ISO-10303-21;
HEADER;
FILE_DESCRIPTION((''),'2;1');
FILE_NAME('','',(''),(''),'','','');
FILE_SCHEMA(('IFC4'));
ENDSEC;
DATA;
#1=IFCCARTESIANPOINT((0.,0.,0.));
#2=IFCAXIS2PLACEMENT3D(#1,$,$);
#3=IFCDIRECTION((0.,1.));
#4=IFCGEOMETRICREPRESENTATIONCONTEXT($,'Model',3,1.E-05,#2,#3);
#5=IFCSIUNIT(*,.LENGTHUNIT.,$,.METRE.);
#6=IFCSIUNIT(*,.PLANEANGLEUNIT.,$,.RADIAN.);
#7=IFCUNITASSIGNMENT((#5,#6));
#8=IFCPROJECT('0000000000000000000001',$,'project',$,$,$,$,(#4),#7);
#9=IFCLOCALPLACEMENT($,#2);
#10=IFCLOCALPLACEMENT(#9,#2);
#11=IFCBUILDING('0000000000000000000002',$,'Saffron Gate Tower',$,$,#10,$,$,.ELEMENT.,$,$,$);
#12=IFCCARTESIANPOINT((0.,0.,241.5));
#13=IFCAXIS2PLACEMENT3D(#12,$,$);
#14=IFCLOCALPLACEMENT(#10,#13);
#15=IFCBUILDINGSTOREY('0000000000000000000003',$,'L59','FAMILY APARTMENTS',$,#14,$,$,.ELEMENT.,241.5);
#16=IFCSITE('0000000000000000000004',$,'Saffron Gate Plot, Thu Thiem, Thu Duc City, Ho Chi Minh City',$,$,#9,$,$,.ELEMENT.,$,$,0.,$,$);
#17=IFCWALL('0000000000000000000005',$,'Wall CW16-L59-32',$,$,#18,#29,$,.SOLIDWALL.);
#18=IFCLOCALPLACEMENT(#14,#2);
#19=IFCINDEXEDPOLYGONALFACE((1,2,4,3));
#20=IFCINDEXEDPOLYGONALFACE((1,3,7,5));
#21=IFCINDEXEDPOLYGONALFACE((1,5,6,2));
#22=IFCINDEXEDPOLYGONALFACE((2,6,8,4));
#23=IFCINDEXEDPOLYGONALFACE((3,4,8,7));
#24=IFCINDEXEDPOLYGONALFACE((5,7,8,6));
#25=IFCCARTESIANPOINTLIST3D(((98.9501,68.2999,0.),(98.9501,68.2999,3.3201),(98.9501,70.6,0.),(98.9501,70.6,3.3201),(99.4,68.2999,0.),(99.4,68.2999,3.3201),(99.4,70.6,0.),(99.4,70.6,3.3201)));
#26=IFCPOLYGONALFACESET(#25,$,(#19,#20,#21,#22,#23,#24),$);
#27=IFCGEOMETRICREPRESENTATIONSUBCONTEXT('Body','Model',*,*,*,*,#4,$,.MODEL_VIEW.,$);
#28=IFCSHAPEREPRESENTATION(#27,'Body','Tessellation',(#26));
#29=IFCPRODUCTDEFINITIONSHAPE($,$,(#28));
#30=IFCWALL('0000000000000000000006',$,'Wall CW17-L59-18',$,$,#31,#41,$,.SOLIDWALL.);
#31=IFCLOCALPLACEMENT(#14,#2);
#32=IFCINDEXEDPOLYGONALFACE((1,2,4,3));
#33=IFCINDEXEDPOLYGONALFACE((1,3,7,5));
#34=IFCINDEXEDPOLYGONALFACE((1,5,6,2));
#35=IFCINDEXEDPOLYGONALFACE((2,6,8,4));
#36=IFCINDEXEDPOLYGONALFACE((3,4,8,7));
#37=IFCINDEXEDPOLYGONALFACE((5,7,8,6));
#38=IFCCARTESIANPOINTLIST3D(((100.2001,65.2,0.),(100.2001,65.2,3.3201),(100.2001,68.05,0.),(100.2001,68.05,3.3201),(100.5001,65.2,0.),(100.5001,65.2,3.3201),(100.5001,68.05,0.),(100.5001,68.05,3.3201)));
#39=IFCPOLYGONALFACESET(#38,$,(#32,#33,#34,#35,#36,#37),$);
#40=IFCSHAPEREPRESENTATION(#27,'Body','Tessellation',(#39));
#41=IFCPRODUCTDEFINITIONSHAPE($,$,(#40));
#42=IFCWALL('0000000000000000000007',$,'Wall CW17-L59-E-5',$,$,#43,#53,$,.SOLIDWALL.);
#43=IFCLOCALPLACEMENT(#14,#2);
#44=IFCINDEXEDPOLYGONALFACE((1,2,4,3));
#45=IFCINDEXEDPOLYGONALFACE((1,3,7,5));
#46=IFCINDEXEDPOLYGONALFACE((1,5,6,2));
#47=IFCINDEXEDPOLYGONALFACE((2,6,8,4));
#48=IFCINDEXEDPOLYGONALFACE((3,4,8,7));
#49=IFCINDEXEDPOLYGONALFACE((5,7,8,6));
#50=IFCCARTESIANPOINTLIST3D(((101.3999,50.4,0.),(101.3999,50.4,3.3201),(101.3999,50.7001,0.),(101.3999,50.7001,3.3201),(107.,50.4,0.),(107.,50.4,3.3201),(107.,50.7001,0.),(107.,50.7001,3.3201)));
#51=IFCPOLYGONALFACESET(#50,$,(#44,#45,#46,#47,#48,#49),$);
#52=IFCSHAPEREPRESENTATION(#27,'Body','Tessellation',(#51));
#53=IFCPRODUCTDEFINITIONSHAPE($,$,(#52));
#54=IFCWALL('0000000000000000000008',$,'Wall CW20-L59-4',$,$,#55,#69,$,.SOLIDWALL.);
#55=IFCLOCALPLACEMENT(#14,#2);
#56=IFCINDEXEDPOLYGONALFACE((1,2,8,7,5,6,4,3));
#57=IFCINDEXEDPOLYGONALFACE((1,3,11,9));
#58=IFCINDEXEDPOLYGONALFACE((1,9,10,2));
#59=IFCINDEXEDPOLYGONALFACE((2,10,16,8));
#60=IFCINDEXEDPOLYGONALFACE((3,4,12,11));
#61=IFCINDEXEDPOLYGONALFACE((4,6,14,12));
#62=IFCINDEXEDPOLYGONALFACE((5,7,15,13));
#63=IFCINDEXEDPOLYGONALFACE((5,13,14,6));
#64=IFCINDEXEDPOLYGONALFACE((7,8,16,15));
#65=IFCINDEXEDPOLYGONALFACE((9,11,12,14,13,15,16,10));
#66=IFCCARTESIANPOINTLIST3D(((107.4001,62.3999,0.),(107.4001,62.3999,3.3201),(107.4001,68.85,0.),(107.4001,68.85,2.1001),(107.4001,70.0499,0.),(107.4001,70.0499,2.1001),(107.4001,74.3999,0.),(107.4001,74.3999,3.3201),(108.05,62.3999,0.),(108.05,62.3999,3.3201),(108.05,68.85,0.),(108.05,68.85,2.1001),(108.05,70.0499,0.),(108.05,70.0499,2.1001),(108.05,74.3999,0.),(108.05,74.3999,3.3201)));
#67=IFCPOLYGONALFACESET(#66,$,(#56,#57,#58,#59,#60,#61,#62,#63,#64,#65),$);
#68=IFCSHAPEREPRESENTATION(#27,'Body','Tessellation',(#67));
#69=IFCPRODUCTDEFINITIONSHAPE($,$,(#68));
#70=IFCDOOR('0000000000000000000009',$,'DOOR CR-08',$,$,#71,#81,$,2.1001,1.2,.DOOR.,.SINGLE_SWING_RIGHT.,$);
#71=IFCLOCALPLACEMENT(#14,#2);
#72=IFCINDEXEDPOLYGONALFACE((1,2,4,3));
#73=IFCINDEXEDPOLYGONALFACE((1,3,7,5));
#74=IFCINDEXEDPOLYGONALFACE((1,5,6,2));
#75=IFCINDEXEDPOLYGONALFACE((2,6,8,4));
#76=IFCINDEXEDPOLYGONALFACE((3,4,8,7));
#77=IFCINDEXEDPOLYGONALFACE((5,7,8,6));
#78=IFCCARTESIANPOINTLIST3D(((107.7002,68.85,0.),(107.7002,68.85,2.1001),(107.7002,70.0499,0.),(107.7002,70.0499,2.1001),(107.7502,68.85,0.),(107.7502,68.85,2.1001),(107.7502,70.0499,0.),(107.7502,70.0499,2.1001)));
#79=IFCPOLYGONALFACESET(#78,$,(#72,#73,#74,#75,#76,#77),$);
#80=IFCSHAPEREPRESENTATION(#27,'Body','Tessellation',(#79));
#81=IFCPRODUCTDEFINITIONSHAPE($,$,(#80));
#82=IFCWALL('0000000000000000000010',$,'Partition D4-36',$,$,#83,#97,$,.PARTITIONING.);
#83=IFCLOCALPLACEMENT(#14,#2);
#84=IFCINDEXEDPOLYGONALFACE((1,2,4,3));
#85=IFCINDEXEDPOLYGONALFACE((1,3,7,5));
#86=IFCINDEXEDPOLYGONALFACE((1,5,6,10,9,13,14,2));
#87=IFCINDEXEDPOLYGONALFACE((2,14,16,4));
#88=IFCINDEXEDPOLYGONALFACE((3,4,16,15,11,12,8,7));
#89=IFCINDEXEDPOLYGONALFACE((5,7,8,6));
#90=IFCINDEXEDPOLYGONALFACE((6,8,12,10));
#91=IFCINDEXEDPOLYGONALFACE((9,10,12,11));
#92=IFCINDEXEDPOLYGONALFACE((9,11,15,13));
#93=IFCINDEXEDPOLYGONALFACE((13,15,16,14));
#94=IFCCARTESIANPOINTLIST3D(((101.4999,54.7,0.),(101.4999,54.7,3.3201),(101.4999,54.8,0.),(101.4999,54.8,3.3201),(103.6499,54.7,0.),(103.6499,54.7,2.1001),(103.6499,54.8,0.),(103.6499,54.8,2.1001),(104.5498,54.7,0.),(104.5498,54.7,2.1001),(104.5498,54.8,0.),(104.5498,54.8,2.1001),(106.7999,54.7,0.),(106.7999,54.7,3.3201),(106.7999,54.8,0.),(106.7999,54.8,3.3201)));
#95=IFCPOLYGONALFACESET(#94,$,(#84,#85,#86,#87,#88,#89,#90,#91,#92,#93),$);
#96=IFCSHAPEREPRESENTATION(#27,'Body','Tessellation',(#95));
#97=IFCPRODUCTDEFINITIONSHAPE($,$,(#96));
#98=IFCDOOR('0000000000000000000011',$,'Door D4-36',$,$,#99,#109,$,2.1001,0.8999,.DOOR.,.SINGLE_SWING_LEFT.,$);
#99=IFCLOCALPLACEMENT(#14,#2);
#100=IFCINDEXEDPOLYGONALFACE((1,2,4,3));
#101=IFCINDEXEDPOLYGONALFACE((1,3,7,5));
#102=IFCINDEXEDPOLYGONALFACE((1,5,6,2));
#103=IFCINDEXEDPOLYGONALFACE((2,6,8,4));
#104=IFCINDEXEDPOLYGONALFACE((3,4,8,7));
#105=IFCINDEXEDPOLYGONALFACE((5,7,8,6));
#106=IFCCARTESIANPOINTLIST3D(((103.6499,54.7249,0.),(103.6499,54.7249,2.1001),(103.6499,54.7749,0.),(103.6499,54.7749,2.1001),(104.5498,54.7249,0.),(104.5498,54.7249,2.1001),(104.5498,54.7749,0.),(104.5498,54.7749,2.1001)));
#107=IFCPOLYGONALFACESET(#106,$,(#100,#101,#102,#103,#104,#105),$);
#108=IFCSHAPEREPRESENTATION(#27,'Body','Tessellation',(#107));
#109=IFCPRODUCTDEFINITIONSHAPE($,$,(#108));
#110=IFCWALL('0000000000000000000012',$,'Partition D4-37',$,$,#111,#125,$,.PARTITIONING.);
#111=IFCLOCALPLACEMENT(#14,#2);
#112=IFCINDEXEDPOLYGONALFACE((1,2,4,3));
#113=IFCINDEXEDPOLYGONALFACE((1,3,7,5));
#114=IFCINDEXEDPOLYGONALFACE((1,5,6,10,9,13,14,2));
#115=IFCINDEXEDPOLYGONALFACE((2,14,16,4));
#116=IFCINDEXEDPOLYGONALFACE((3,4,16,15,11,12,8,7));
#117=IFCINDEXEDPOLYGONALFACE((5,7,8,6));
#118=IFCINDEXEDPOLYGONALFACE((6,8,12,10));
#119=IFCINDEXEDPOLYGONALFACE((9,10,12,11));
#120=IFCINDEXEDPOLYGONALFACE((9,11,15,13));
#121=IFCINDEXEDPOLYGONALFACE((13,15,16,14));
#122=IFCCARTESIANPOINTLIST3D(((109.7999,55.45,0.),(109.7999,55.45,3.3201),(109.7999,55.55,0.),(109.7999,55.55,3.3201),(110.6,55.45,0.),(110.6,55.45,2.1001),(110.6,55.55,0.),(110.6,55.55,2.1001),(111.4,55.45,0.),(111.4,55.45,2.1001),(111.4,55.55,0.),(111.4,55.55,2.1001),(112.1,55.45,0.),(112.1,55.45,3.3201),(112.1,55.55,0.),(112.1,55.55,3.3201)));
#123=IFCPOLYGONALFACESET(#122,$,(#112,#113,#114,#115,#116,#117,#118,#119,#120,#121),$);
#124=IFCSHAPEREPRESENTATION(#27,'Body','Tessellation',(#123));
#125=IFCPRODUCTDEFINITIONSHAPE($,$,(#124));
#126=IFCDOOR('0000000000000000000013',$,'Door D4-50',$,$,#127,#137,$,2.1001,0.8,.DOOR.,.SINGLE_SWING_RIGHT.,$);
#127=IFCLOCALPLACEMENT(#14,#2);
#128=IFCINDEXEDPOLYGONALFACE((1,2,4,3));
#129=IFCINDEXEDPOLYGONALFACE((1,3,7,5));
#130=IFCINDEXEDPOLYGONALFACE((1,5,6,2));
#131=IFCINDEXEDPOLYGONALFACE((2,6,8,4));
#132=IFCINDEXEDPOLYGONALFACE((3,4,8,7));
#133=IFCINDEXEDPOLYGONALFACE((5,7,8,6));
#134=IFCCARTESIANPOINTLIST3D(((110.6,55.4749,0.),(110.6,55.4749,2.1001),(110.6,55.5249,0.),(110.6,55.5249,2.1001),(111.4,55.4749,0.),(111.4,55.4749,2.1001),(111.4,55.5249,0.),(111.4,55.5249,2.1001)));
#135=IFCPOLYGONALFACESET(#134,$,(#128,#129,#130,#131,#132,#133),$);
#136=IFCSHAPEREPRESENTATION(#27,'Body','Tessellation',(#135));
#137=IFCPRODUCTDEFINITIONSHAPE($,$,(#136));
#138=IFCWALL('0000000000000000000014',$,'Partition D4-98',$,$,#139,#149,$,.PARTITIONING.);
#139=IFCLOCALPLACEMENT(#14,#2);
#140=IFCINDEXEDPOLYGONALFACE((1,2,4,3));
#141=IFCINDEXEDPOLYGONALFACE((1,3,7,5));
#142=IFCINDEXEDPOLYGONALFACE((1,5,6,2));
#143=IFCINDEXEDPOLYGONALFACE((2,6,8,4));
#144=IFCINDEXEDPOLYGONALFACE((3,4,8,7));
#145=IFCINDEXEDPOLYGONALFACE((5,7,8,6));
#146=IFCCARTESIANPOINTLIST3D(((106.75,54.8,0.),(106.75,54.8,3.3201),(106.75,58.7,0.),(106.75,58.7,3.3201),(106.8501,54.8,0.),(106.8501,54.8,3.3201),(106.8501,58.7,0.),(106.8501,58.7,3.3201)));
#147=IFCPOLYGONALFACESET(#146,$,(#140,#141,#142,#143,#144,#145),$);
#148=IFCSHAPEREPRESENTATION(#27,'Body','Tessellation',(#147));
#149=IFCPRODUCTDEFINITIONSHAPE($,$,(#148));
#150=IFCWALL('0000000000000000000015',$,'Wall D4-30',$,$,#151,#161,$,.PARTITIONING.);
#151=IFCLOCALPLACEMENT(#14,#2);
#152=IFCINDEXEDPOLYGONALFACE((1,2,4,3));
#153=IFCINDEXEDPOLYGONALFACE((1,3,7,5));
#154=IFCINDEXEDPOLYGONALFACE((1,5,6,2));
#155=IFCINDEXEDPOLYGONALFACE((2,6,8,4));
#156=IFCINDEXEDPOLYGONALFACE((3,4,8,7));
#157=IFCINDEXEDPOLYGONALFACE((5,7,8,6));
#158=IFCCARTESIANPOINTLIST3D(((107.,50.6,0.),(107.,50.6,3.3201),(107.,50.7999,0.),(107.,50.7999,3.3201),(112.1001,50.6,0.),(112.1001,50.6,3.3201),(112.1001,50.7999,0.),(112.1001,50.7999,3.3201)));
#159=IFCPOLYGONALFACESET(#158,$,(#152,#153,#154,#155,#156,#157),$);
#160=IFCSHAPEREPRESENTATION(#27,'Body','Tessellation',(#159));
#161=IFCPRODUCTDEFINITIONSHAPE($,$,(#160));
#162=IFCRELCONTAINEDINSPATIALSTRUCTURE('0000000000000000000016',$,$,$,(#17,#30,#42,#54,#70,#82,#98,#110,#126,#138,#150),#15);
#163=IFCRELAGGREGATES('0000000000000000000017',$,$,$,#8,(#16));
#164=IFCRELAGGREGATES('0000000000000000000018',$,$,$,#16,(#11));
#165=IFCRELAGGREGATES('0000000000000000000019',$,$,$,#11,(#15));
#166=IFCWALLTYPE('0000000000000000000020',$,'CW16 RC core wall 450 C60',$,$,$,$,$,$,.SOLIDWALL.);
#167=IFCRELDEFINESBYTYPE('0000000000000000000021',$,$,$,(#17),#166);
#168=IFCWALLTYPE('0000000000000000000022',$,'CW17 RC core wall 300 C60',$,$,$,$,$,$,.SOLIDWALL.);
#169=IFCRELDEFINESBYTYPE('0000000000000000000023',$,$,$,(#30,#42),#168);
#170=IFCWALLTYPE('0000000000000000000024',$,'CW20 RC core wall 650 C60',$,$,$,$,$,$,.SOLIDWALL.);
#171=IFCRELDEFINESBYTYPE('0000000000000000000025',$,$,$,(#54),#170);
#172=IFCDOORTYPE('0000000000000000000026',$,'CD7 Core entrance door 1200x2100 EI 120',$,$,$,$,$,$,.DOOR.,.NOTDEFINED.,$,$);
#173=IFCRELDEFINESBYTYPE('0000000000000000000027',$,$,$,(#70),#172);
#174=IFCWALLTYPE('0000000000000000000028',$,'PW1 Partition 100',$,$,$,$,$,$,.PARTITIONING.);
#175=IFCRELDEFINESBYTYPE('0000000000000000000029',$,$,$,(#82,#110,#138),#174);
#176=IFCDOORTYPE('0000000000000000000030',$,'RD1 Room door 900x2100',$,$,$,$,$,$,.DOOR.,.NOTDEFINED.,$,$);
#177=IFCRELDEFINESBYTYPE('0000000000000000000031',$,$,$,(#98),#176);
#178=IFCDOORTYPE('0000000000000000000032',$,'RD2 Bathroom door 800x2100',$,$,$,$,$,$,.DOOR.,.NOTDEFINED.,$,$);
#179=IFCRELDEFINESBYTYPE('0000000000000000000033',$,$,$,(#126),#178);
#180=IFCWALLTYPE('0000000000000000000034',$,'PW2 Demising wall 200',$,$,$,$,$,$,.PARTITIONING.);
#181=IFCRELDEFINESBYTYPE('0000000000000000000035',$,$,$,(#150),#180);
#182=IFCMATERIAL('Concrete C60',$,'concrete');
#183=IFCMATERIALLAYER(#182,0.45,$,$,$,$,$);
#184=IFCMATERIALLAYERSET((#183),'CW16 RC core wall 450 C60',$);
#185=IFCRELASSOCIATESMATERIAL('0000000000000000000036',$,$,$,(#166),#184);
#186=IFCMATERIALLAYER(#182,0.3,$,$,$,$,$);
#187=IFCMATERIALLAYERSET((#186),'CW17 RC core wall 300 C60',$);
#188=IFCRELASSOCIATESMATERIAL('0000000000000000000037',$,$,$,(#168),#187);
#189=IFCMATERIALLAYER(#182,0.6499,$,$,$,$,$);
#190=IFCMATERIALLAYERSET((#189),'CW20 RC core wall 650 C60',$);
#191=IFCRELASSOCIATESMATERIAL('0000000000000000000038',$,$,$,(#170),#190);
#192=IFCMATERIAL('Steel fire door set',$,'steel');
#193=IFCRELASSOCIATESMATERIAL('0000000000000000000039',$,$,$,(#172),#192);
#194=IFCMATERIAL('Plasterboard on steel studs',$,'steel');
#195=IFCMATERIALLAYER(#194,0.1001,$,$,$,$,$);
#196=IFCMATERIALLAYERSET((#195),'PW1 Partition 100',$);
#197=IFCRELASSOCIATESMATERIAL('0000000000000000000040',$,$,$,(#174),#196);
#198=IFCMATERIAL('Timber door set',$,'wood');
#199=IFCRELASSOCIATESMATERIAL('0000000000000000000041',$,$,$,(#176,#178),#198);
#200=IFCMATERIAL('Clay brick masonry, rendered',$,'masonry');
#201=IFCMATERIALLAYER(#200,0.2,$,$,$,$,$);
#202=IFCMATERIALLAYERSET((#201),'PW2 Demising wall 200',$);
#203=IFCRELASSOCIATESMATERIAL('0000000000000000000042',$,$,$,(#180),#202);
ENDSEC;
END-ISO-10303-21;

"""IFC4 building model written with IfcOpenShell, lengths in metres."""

from ifc_helpers import new_model, si_unit, direction, frame, frame_2d, origin, place, context, subcontext, project, spatial, rectangle, extrude, material, layer, layer_set, type_object, element, fill, save


model = new_model("IFC4")

# Units and contexts
model_context = context("Model", 3, precision=1e-05, world=origin(), true_north=direction((0.0, 1.0)))
body_context = subcontext(model_context, "Body", "Model", "MODEL_VIEW")
ifc_project = project(units=[si_unit("LENGTHUNIT", "METRE"), si_unit("PLANEANGLEUNIT", "RADIAN")], contexts=[model_context])

# Site, building, storey
site_placement = place(None, origin())
site = spatial("IfcSite", under=ifc_project, at=site_placement, Name="Saffron Gate Plot, Thu Thiem, Thu Duc City, Ho Chi Minh City", CompositionType="ELEMENT", RefElevation=0.0)
building_placement = place(site_placement, origin())
building = spatial("IfcBuilding", under=site, at=building_placement, Name="Saffron Gate Tower", CompositionType="ELEMENT")
storey_placement = place(building_placement, frame((0.0, 0.0, 241.5)))
storey = spatial("IfcBuildingStorey", under=building, at=storey_placement, Name="L59", Description="FAMILY APARTMENTS", CompositionType="ELEMENT", Elevation=241.5)

# Shared definitions
ifc_material_1 = material(Name="Concrete C60", Category="concrete")
ifc_material_2 = material(Name="Steel fire door set", Category="steel")

# Walls
ifc_layer_1 = layer(ifc_material_1, 0.45)
ifc_layer_set_1 = layer_set([ifc_layer_1], Name="CW16 RC core wall 450 C60")
wall_type_1 = type_object("IfcWallType", Name="CW16 RC core wall 450 C60", PredefinedType="SOLIDWALL", material=ifc_layer_set_1)
wall_1_placement = place(storey_placement, frame((99.175, 68.3, 0.0), z_axis=(0.0, 0.0, 1.0), x_axis=(0.0, 1.0, 0.0)))
element("IfcWall", 1, at=wall_1_placement, inside=storey, type_object=wall_type_1, Name="Wall CW16-L59-32", PredefinedType="SOLIDWALL", context=body_context, shape_type="SweptSolid", body=[
    extrude(rectangle(XDim=2.3, YDim=0.45, at=frame_2d((1.1499, 0.0))), origin(), (0.0, 0.0, 1.0), 3.3201),
])
ifc_layer_2 = layer(ifc_material_1, 0.3)
ifc_layer_set_2 = layer_set([ifc_layer_2], Name="CW17 RC core wall 300 C60")
wall_type_2 = type_object("IfcWallType", Name="CW17 RC core wall 300 C60", PredefinedType="SOLIDWALL", material=ifc_layer_set_2)
wall_2_placement = place(storey_placement, frame((100.3501, 65.2, 0.0), z_axis=(0.0, 0.0, 1.0), x_axis=(0.0, 1.0, 0.0)))
element("IfcWall", 2, at=wall_2_placement, inside=storey, type_object=wall_type_2, Name="Wall CW17-L59-18", PredefinedType="SOLIDWALL", context=body_context, shape_type="SweptSolid", body=[
    extrude(rectangle(XDim=2.8501, YDim=0.3, at=frame_2d((1.425, 0.0))), origin(), (0.0, 0.0, 1.0), 3.3201),
])
wall_3_placement = place(storey_placement, frame((101.3999, 50.55, 0.0), z_axis=(0.0, 0.0, 1.0), x_axis=(1.0, 0.0, 0.0)))
element("IfcWall", 3, at=wall_3_placement, inside=storey, type_object=wall_type_2, Name="Wall CW17-L59-E-5", PredefinedType="SOLIDWALL", context=body_context, shape_type="SweptSolid", body=[
    extrude(rectangle(XDim=5.6001, YDim=0.3, at=frame_2d((2.8, 0.0))), origin(), (0.0, 0.0, 1.0), 3.3201),
])

# Walls, openings, doors
ifc_layer_3 = layer(ifc_material_1, 0.6499)
ifc_layer_set_3 = layer_set([ifc_layer_3], Name="CW20 RC core wall 650 C60")
wall_type_3 = type_object("IfcWallType", Name="CW20 RC core wall 650 C60", PredefinedType="SOLIDWALL", material=ifc_layer_set_3)
wall_4_placement = place(storey_placement, frame((107.7251, 62.3999, 0.0), z_axis=(0.0, 0.0, 1.0), x_axis=(0.0, 1.0, 0.0)))
wall_4 = element("IfcWall", 4, at=wall_4_placement, inside=storey, type_object=wall_type_3, Name="Wall CW20-L59-4", PredefinedType="SOLIDWALL", context=body_context, shape_type="SweptSolid", body=[
    extrude(rectangle(XDim=12.0, YDim=0.6499, at=frame_2d((6.0, 0.0))), origin(), (0.0, 0.0, 1.0), 3.3201),
])
opening_1_placement = place(wall_4_placement, frame((6.45, 0.0, 0.0)))
opening_1 = element("IfcOpeningElement", 5, at=opening_1_placement, cuts=wall_4, PredefinedType="OPENING", context=body_context, shape_type="SweptSolid", body=[
    extrude(rectangle(XDim=1.2, YDim=2.1001, at=frame_2d((0.6001, 1.05))), frame((0.0, 0.335, 0.0), z_axis=(0.0, -1.0, 0.0), x_axis=(1.0, 0.0, 0.0)), (0.0, 0.0, 1.0), 0.6699),
])
door_type_1 = type_object("IfcDoorType", Name="CD7 Core entrance door 1200x2100 EI 120", OperationType="NOTDEFINED", PredefinedType="DOOR", material=ifc_material_2)
door_1_placement = place(opening_1_placement, origin())
door_1 = element("IfcDoor", 6, at=door_1_placement, inside=storey, type_object=door_type_1, Name="DOOR CR-08", OperationType="SINGLE_SWING_RIGHT", OverallHeight=2.1001, OverallWidth=1.2, PredefinedType="DOOR", context=body_context, shape_type="SweptSolid", body=[
    extrude(rectangle(XDim=1.2, YDim=2.1001, at=frame_2d((0.6001, 1.05))), frame((0.0, 0.0249, 0.0), z_axis=(0.0, -1.0, 0.0), x_axis=(1.0, 0.0, 0.0)), (0.0, 0.0, 1.0), 0.05),
])
fill(opening_1, door_1)
ifc_material_3 = material(Name="Plasterboard on steel studs", Category="steel")
ifc_layer_4 = layer(ifc_material_3, 0.1001)
ifc_layer_set_4 = layer_set([ifc_layer_4], Name="PW1 Partition 100")
wall_type_4 = type_object("IfcWallType", Name="PW1 Partition 100", PredefinedType="PARTITIONING", material=ifc_layer_set_4)
wall_5_placement = place(storey_placement, frame((101.5, 54.75, 0.0), z_axis=(0.0, 0.0, 1.0), x_axis=(1.0, 0.0, 0.0)))
wall_5 = element("IfcWall", 7, at=wall_5_placement, inside=storey, type_object=wall_type_4, Name="Partition D4-36", PredefinedType="PARTITIONING", context=body_context, shape_type="SweptSolid", body=[
    extrude(rectangle(XDim=5.3, YDim=0.1001, at=frame_2d((2.6499, 0.0))), origin(), (0.0, 0.0, 1.0), 3.3201),
])
opening_2_placement = place(wall_5_placement, frame((2.1499, 0.0, 0.0)))
opening_2 = element("IfcOpeningElement", 8, at=opening_2_placement, cuts=wall_5, PredefinedType="OPENING", context=body_context, shape_type="SweptSolid", body=[
    extrude(rectangle(XDim=0.8999, YDim=2.1001, at=frame_2d((0.45, 1.05))), frame((0.0, 0.0601, 0.0), z_axis=(0.0, -1.0, 0.0), x_axis=(1.0, 0.0, 0.0)), (0.0, 0.0, 1.0), 0.1201),
])
ifc_material_4 = material(Name="Timber door set", Category="wood")
door_type_2 = type_object("IfcDoorType", Name="RD1 Room door 900x2100", OperationType="NOTDEFINED", PredefinedType="DOOR", material=ifc_material_4)
door_2_placement = place(opening_2_placement, origin())
door_2 = element("IfcDoor", 9, at=door_2_placement, inside=storey, type_object=door_type_2, Name="Door D4-36", OperationType="SINGLE_SWING_LEFT", OverallHeight=2.1001, OverallWidth=0.8999, PredefinedType="DOOR", context=body_context, shape_type="SweptSolid", body=[
    extrude(rectangle(XDim=0.8999, YDim=2.1001, at=frame_2d((0.45, 1.05))), frame((0.0, 0.0249, 0.0), z_axis=(0.0, -1.0, 0.0), x_axis=(1.0, 0.0, 0.0)), (0.0, 0.0, 1.0), 0.05),
])
fill(opening_2, door_2)
wall_6_placement = place(storey_placement, frame((109.8, 55.5, 0.0), z_axis=(0.0, 0.0, 1.0), x_axis=(1.0, 0.0, 0.0)))
wall_6 = element("IfcWall", 10, at=wall_6_placement, inside=storey, type_object=wall_type_4, Name="Partition D4-37", PredefinedType="PARTITIONING", context=body_context, shape_type="SweptSolid", body=[
    extrude(rectangle(XDim=2.3, YDim=0.1001, at=frame_2d((1.1499, 0.0))), origin(), (0.0, 0.0, 1.0), 3.3201),
])
opening_3_placement = place(wall_6_placement, frame((0.8, 0.0, 0.0)))
opening_3 = element("IfcOpeningElement", 11, at=opening_3_placement, cuts=wall_6, PredefinedType="OPENING", context=body_context, shape_type="SweptSolid", body=[
    extrude(rectangle(XDim=0.8, YDim=2.1001, at=frame_2d((0.3999, 1.05))), frame((0.0, 0.0601, 0.0), z_axis=(0.0, -1.0, 0.0), x_axis=(1.0, 0.0, 0.0)), (0.0, 0.0, 1.0), 0.1201),
])
door_type_3 = type_object("IfcDoorType", Name="RD2 Bathroom door 800x2100", OperationType="NOTDEFINED", PredefinedType="DOOR", material=ifc_material_4)
door_3_placement = place(opening_3_placement, origin())
door_3 = element("IfcDoor", 12, at=door_3_placement, inside=storey, type_object=door_type_3, Name="Door D4-50", OperationType="SINGLE_SWING_RIGHT", OverallHeight=2.1001, OverallWidth=0.8, PredefinedType="DOOR", context=body_context, shape_type="SweptSolid", body=[
    extrude(rectangle(XDim=0.8, YDim=2.1001, at=frame_2d((0.3999, 1.05))), frame((0.0, 0.0249, 0.0), z_axis=(0.0, -1.0, 0.0), x_axis=(1.0, 0.0, 0.0)), (0.0, 0.0, 1.0), 0.05),
])
fill(opening_3, door_3)

# Walls
wall_7_placement = place(storey_placement, frame((106.8, 58.7, 0.0), z_axis=(0.0, 0.0, 1.0), x_axis=(0.0, -1.0, 0.0)))
element("IfcWall", 13, at=wall_7_placement, inside=storey, type_object=wall_type_4, Name="Partition D4-98", PredefinedType="PARTITIONING", context=body_context, shape_type="SweptSolid", body=[
    extrude(rectangle(XDim=3.8999, YDim=0.1001, at=frame_2d((1.95, 0.0))), origin(), (0.0, 0.0, 1.0), 3.3201),
])
ifc_material_5 = material(Name="Clay brick masonry, rendered", Category="masonry")
ifc_layer_5 = layer(ifc_material_5, 0.2)
ifc_layer_set_5 = layer_set([ifc_layer_5], Name="PW2 Demising wall 200")
wall_type_5 = type_object("IfcWallType", Name="PW2 Demising wall 200", PredefinedType="PARTITIONING", material=ifc_layer_set_5)
wall_8_placement = place(storey_placement, frame((107.0, 50.7, 0.0), z_axis=(0.0, 0.0, 1.0), x_axis=(1.0, 0.0, 0.0)))
element("IfcWall", 14, at=wall_8_placement, inside=storey, type_object=wall_type_5, Name="Wall D4-30", PredefinedType="PARTITIONING", context=body_context, shape_type="SweptSolid", body=[
    extrude(rectangle(XDim=5.1001, YDim=0.2, at=frame_2d((2.55, 0.0))), origin(), (0.0, 0.0, 1.0), 3.3201),
])

save(model, "model.ifc")
